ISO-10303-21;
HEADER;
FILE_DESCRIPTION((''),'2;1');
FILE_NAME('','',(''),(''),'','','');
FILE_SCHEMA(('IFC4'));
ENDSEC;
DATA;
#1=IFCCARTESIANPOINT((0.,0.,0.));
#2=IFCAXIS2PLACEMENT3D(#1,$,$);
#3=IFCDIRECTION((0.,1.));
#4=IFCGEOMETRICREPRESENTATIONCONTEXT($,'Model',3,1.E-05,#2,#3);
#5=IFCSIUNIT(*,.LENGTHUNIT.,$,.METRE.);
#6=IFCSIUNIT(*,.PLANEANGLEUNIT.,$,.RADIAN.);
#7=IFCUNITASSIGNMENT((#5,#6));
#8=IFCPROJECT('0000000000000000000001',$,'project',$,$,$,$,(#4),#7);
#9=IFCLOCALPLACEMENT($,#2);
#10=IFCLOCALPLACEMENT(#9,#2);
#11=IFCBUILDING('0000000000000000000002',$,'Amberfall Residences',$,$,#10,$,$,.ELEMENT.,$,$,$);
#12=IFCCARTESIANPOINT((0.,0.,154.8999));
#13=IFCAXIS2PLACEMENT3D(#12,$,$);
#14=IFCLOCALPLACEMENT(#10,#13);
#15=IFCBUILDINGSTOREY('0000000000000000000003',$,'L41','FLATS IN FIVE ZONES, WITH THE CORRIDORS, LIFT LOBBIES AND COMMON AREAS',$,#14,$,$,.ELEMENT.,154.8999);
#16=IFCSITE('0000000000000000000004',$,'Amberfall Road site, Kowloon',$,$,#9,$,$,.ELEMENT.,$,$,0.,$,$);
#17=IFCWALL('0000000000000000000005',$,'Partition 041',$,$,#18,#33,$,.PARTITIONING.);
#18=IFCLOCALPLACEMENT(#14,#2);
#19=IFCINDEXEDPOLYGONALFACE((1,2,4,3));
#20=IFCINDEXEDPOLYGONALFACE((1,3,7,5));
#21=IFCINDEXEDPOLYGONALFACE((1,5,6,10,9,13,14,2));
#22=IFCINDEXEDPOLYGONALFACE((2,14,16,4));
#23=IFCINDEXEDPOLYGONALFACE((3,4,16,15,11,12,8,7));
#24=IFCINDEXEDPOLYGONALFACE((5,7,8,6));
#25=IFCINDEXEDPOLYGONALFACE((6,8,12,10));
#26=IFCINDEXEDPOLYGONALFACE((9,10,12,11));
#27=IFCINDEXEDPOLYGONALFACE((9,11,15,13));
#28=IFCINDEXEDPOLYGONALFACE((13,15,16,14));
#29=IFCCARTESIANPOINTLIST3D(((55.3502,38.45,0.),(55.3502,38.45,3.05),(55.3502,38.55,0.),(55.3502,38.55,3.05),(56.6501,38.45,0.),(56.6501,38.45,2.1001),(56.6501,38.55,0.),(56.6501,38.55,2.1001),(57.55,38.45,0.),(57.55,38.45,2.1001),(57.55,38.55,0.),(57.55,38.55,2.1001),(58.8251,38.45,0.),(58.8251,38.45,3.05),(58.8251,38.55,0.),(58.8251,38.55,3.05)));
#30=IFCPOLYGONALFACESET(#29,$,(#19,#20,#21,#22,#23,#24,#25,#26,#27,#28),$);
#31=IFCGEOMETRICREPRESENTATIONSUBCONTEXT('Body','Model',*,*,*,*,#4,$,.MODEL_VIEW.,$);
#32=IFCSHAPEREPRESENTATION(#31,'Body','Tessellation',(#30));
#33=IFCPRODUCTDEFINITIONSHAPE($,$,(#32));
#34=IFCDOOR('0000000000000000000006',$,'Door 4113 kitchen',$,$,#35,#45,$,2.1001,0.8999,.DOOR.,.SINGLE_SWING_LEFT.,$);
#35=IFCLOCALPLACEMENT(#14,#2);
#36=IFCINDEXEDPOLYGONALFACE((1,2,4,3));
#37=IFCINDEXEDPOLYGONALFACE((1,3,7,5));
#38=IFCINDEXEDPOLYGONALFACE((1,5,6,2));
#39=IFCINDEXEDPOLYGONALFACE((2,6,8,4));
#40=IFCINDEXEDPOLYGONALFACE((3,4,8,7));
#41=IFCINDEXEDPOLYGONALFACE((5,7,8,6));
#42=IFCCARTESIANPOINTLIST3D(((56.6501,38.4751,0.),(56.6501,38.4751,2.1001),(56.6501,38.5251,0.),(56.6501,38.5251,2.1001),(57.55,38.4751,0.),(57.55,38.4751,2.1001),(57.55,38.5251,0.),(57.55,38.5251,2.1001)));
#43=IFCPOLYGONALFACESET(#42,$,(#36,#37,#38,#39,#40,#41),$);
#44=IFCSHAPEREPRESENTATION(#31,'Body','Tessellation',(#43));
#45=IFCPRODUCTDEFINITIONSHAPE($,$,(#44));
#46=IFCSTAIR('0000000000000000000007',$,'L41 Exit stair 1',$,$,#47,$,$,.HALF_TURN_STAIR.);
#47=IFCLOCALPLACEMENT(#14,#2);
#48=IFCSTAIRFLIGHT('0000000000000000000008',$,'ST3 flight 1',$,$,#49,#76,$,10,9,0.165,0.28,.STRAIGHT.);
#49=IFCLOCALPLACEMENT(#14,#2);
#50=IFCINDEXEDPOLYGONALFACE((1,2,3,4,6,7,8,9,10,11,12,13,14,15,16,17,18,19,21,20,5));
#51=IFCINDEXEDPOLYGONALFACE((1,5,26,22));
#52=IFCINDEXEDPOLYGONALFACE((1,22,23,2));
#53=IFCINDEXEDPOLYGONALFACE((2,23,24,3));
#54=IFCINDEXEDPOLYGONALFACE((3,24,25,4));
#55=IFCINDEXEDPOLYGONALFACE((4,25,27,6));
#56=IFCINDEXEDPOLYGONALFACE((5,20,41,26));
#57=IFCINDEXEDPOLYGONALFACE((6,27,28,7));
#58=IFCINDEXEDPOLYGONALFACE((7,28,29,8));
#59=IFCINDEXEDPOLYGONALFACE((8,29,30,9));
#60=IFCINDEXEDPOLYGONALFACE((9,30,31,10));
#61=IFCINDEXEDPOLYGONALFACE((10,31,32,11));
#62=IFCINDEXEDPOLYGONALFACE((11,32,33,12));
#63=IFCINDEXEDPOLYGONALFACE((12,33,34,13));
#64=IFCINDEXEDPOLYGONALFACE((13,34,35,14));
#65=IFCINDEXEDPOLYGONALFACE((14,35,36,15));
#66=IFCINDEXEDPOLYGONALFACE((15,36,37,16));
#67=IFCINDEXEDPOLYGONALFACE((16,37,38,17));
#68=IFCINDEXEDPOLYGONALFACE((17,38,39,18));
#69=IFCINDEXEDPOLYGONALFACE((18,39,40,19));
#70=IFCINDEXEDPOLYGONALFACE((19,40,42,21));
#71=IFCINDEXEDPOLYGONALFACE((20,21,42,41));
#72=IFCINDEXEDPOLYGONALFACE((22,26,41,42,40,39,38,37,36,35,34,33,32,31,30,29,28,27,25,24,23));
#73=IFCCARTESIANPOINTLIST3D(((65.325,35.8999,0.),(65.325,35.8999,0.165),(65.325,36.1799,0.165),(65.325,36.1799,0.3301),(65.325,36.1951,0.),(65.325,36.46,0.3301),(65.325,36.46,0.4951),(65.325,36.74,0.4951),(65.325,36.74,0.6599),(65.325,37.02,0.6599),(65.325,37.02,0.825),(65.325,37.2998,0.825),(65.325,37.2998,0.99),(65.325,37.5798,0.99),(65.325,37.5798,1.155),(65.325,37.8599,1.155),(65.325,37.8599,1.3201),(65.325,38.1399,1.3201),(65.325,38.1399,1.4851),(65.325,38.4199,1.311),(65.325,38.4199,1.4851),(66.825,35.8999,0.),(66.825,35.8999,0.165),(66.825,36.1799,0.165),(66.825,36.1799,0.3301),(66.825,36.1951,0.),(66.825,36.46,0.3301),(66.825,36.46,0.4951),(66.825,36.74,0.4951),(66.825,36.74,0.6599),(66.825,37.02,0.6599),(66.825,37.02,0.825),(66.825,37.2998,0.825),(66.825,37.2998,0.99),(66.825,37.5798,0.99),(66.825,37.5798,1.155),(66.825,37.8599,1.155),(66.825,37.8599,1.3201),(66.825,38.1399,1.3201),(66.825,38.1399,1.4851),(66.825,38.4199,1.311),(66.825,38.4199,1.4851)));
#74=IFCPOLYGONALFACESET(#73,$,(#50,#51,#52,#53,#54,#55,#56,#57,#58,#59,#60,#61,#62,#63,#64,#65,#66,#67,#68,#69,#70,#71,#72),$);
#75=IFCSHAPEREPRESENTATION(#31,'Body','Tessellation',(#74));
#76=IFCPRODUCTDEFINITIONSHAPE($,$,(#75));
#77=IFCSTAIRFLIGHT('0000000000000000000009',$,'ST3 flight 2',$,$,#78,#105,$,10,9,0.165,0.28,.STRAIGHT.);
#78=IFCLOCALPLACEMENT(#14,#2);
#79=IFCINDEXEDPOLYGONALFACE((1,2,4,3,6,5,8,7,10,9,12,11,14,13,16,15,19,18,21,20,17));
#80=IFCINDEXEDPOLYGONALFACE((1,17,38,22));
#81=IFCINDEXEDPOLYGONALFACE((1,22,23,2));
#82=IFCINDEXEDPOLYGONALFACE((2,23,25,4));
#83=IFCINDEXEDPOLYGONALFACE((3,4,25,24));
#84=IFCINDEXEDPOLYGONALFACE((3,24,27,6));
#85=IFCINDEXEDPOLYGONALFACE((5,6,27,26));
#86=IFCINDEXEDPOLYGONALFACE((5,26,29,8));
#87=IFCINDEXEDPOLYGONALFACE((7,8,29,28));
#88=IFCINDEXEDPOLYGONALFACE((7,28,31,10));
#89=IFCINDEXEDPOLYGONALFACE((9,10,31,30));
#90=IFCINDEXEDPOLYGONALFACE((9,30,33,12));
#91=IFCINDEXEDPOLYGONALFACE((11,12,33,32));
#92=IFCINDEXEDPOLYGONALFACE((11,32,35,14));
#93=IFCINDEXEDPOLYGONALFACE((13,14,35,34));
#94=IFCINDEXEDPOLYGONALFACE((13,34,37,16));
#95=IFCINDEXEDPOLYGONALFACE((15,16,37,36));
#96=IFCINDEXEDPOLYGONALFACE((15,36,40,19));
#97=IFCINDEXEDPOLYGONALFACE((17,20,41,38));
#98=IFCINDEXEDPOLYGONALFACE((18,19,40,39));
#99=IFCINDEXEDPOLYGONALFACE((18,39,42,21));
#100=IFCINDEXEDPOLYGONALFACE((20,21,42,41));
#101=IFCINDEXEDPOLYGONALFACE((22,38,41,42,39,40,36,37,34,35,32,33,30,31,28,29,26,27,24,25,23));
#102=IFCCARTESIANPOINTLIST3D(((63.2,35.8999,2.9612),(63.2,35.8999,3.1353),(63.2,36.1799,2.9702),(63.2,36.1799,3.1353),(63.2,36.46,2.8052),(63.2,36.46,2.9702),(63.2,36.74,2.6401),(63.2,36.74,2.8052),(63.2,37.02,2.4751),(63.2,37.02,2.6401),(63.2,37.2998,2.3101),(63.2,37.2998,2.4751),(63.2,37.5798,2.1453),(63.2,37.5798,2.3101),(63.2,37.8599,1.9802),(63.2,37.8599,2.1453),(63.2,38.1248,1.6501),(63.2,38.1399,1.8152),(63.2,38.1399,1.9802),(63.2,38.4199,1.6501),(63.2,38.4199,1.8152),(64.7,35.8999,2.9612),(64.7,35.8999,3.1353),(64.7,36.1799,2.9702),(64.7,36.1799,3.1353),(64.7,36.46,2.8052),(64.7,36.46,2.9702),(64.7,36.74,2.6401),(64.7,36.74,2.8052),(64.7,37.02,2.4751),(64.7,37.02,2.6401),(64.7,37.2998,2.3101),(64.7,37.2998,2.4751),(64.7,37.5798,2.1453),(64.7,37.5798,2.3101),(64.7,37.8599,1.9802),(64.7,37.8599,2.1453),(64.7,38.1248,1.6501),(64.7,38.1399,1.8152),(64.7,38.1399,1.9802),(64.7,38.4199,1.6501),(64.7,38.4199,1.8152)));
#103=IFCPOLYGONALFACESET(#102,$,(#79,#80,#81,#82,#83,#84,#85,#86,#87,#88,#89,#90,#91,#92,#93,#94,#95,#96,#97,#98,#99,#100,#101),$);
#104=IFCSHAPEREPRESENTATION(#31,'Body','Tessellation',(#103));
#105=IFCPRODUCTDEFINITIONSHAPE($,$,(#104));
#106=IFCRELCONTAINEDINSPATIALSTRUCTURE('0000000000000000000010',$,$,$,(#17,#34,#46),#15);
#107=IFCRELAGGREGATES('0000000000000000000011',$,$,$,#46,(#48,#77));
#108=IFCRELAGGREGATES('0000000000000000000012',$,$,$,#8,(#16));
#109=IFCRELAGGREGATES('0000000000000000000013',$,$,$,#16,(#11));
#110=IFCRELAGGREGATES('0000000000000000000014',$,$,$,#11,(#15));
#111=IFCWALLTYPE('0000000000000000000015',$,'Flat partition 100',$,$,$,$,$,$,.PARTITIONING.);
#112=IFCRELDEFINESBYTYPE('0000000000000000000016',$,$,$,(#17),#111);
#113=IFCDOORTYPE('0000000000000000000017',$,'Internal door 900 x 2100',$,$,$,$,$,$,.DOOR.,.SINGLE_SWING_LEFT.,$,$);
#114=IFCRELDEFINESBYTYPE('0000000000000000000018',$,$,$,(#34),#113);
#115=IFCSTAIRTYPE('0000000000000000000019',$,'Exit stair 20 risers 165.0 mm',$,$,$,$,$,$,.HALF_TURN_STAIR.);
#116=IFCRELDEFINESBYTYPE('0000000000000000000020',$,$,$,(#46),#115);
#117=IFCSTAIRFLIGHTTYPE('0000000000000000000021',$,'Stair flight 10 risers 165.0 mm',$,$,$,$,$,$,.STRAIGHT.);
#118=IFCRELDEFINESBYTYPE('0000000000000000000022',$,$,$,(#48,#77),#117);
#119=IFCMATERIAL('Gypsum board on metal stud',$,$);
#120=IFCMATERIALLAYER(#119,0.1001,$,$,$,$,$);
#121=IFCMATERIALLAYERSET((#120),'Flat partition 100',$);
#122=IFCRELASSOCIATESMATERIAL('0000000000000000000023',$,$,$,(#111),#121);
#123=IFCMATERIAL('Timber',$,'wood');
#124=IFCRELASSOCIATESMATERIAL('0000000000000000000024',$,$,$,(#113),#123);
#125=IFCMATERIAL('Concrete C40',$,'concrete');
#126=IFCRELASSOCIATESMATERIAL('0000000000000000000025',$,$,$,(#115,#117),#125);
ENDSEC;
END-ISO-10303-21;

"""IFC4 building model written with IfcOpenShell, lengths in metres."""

from ifc_helpers import new_model, si_unit, direction, frame, frame_2d, origin, place, context, subcontext, project, spatial, polyline, rectangle, outline, extrude, material, layer, layer_set, type_object, element, fill, aggregate, save


model = new_model("IFC4")

# Units and contexts
model_context = context("Model", 3, precision=1e-05, world=origin(), true_north=direction((0.0, 1.0)))
body_context = subcontext(model_context, "Body", "Model", "MODEL_VIEW")
ifc_project = project(units=[si_unit("LENGTHUNIT", "METRE"), si_unit("PLANEANGLEUNIT", "RADIAN")], contexts=[model_context])

# Site, building, storey
site_placement = place(None, origin())
site = spatial("IfcSite", under=ifc_project, at=site_placement, Name="Amberfall Road site, Kowloon", CompositionType="ELEMENT", RefElevation=0.0)
building_placement = place(site_placement, origin())
building = spatial("IfcBuilding", under=site, at=building_placement, Name="Amberfall Residences", CompositionType="ELEMENT")
storey_placement = place(building_placement, frame((0.0, 0.0, 154.8999)))
storey = spatial("IfcBuildingStorey", under=building, at=storey_placement, Name="L41", Description="FLATS IN FIVE ZONES, WITH THE CORRIDORS, LIFT LOBBIES AND COMMON AREAS", CompositionType="ELEMENT", Elevation=154.8999)

# Wall, opening, door
ifc_material_1 = material(Name="Gypsum board on metal stud")
ifc_layer_1 = layer(ifc_material_1, 0.1001)
ifc_layer_set_1 = layer_set([ifc_layer_1], Name="Flat partition 100")
wall_type_1 = type_object("IfcWallType", Name="Flat partition 100", PredefinedType="PARTITIONING", material=ifc_layer_set_1)
wall_1_placement = place(storey_placement, frame((58.825, 38.5, 0.0), z_axis=(0.0, 0.0, 1.0), x_axis=(-1.0, 0.0, 0.0)))
wall_1 = element("IfcWall", 1, at=wall_1_placement, inside=storey, type_object=wall_type_1, Name="Partition 041", PredefinedType="PARTITIONING", context=body_context, shape_type="SweptSolid", body=[
    extrude(rectangle(XDim=3.4749, YDim=0.1001, at=frame_2d((1.7373, 0.0))), origin(), (0.0, 0.0, 1.0), 3.05),
])
opening_1_placement = place(wall_1_placement, frame((1.2749, 0.0, 0.0)))
opening_1 = element("IfcOpeningElement", 2, at=opening_1_placement, cuts=wall_1, PredefinedType="OPENING", context=body_context, shape_type="SweptSolid", body=[
    extrude(rectangle(XDim=0.8999, YDim=2.1001, at=frame_2d((0.45, 1.05))), frame((0.0, 0.0601, 0.0), z_axis=(0.0, -1.0, 0.0), x_axis=(1.0, 0.0, 0.0)), (0.0, 0.0, 1.0), 0.1201),
])
ifc_material_2 = material(Name="Timber", Category="wood")
door_type_1 = type_object("IfcDoorType", Name="Internal door 900 x 2100", OperationType="SINGLE_SWING_LEFT", PredefinedType="DOOR", material=ifc_material_2)
door_1_placement = place(opening_1_placement, origin())
door_1 = element("IfcDoor", 3, at=door_1_placement, inside=storey, type_object=door_type_1, Name="Door 4113 kitchen", OperationType="SINGLE_SWING_LEFT", OverallHeight=2.1001, OverallWidth=0.8999, PredefinedType="DOOR", context=body_context, shape_type="SweptSolid", body=[
    extrude(rectangle(XDim=0.8999, YDim=2.1001, at=frame_2d((0.45, 1.05))), frame((0.0, 0.0249, 0.0), z_axis=(0.0, -1.0, 0.0), x_axis=(1.0, 0.0, 0.0)), (0.0, 0.0, 1.0), 0.05),
])
fill(opening_1, door_1)

# Stair, stair flights
ifc_material_3 = material(Name="Concrete C40", Category="concrete")
stair_type = type_object("IfcStairType", Name="Exit stair 20 risers 165.0 mm", PredefinedType="HALF_TURN_STAIR", material=ifc_material_3)
stair_placement = place(storey_placement, origin())
stair = element("IfcStair", 4, at=stair_placement, inside=storey, type_object=stair_type, Name="L41 Exit stair 1", PredefinedType="HALF_TURN_STAIR")
stair_flight_type = type_object("IfcStairFlightType", Name="Stair flight 10 risers 165.0 mm", PredefinedType="STRAIGHT", material=ifc_material_3)
stair_flight_1_placement = place(storey_placement, frame((66.075, 35.8999, 0.0), z_axis=(0.0, 0.0, 1.0), x_axis=(0.0, 1.0, 0.0)))
stair_flight_1 = element("IfcStairFlight", 5, at=stair_flight_1_placement, type_object=stair_flight_type, Name="ST3 flight 1", NumberOfRisers=10, NumberOfTreads=9, PredefinedType="STRAIGHT", RiserHeight=0.165, TreadLength=0.28, context=body_context, shape_type="SweptSolid", body=[
    extrude(outline(polyline([(0.0, 0.0), (0.0, 0.165), (0.28, 0.165), (0.28, 0.3301), (0.5601, 0.3301), (0.5601, 0.4951), (0.8401, 0.4951), (0.8401, 0.6599), (1.1201, 0.6599), (1.1201, 0.825), (1.3999, 0.825), (1.3999, 0.99), (1.6799, 0.99), (1.6799, 1.155), (1.96, 1.155), (1.96, 1.3201), (2.24, 1.3201), (2.24, 1.4851), (2.52, 1.4851), (2.52, 1.6499), (2.52, 1.311), (0.2952, 0.0), (0.0, 0.0)])), frame((0.0, 0.75, 0.0), z_axis=(0.0, -1.0, 0.0), x_axis=(1.0, 0.0, 0.0)), (0.0, 0.0, 1.0), 1.5),
])
stair_flight_2_placement = place(storey_placement, frame((63.95, 38.4199, 1.6501), z_axis=(0.0, 0.0, 1.0), x_axis=(0.0, -1.0, 0.0)))
stair_flight_2 = element("IfcStairFlight", 6, at=stair_flight_2_placement, type_object=stair_flight_type, Name="ST3 flight 2", NumberOfRisers=10, NumberOfTreads=9, PredefinedType="STRAIGHT", RiserHeight=0.165, TreadLength=0.28, context=body_context, shape_type="SweptSolid", body=[
    extrude(outline(polyline([(0.0, 0.0), (0.0, 0.165), (0.28, 0.165), (0.28, 0.3301), (0.5601, 0.3301), (0.5601, 0.4951), (0.8401, 0.4951), (0.8401, 0.6599), (1.1201, 0.6599), (1.1201, 0.825), (1.3999, 0.825), (1.3999, 0.99), (1.6799, 0.99), (1.6799, 1.155), (1.96, 1.155), (1.96, 1.3201), (2.24, 1.3201), (2.24, 1.4851), (2.52, 1.4851), (2.52, 1.6499), (2.52, 1.311), (0.2952, 0.0), (0.0, 0.0)])), frame((0.0, 0.75, 0.0), z_axis=(0.0, -1.0, 0.0), x_axis=(1.0, 0.0, 0.0)), (0.0, 0.0, 1.0), 1.5),
])
aggregate(stair, [stair_flight_1, stair_flight_2])

save(model, "model.ifc")
